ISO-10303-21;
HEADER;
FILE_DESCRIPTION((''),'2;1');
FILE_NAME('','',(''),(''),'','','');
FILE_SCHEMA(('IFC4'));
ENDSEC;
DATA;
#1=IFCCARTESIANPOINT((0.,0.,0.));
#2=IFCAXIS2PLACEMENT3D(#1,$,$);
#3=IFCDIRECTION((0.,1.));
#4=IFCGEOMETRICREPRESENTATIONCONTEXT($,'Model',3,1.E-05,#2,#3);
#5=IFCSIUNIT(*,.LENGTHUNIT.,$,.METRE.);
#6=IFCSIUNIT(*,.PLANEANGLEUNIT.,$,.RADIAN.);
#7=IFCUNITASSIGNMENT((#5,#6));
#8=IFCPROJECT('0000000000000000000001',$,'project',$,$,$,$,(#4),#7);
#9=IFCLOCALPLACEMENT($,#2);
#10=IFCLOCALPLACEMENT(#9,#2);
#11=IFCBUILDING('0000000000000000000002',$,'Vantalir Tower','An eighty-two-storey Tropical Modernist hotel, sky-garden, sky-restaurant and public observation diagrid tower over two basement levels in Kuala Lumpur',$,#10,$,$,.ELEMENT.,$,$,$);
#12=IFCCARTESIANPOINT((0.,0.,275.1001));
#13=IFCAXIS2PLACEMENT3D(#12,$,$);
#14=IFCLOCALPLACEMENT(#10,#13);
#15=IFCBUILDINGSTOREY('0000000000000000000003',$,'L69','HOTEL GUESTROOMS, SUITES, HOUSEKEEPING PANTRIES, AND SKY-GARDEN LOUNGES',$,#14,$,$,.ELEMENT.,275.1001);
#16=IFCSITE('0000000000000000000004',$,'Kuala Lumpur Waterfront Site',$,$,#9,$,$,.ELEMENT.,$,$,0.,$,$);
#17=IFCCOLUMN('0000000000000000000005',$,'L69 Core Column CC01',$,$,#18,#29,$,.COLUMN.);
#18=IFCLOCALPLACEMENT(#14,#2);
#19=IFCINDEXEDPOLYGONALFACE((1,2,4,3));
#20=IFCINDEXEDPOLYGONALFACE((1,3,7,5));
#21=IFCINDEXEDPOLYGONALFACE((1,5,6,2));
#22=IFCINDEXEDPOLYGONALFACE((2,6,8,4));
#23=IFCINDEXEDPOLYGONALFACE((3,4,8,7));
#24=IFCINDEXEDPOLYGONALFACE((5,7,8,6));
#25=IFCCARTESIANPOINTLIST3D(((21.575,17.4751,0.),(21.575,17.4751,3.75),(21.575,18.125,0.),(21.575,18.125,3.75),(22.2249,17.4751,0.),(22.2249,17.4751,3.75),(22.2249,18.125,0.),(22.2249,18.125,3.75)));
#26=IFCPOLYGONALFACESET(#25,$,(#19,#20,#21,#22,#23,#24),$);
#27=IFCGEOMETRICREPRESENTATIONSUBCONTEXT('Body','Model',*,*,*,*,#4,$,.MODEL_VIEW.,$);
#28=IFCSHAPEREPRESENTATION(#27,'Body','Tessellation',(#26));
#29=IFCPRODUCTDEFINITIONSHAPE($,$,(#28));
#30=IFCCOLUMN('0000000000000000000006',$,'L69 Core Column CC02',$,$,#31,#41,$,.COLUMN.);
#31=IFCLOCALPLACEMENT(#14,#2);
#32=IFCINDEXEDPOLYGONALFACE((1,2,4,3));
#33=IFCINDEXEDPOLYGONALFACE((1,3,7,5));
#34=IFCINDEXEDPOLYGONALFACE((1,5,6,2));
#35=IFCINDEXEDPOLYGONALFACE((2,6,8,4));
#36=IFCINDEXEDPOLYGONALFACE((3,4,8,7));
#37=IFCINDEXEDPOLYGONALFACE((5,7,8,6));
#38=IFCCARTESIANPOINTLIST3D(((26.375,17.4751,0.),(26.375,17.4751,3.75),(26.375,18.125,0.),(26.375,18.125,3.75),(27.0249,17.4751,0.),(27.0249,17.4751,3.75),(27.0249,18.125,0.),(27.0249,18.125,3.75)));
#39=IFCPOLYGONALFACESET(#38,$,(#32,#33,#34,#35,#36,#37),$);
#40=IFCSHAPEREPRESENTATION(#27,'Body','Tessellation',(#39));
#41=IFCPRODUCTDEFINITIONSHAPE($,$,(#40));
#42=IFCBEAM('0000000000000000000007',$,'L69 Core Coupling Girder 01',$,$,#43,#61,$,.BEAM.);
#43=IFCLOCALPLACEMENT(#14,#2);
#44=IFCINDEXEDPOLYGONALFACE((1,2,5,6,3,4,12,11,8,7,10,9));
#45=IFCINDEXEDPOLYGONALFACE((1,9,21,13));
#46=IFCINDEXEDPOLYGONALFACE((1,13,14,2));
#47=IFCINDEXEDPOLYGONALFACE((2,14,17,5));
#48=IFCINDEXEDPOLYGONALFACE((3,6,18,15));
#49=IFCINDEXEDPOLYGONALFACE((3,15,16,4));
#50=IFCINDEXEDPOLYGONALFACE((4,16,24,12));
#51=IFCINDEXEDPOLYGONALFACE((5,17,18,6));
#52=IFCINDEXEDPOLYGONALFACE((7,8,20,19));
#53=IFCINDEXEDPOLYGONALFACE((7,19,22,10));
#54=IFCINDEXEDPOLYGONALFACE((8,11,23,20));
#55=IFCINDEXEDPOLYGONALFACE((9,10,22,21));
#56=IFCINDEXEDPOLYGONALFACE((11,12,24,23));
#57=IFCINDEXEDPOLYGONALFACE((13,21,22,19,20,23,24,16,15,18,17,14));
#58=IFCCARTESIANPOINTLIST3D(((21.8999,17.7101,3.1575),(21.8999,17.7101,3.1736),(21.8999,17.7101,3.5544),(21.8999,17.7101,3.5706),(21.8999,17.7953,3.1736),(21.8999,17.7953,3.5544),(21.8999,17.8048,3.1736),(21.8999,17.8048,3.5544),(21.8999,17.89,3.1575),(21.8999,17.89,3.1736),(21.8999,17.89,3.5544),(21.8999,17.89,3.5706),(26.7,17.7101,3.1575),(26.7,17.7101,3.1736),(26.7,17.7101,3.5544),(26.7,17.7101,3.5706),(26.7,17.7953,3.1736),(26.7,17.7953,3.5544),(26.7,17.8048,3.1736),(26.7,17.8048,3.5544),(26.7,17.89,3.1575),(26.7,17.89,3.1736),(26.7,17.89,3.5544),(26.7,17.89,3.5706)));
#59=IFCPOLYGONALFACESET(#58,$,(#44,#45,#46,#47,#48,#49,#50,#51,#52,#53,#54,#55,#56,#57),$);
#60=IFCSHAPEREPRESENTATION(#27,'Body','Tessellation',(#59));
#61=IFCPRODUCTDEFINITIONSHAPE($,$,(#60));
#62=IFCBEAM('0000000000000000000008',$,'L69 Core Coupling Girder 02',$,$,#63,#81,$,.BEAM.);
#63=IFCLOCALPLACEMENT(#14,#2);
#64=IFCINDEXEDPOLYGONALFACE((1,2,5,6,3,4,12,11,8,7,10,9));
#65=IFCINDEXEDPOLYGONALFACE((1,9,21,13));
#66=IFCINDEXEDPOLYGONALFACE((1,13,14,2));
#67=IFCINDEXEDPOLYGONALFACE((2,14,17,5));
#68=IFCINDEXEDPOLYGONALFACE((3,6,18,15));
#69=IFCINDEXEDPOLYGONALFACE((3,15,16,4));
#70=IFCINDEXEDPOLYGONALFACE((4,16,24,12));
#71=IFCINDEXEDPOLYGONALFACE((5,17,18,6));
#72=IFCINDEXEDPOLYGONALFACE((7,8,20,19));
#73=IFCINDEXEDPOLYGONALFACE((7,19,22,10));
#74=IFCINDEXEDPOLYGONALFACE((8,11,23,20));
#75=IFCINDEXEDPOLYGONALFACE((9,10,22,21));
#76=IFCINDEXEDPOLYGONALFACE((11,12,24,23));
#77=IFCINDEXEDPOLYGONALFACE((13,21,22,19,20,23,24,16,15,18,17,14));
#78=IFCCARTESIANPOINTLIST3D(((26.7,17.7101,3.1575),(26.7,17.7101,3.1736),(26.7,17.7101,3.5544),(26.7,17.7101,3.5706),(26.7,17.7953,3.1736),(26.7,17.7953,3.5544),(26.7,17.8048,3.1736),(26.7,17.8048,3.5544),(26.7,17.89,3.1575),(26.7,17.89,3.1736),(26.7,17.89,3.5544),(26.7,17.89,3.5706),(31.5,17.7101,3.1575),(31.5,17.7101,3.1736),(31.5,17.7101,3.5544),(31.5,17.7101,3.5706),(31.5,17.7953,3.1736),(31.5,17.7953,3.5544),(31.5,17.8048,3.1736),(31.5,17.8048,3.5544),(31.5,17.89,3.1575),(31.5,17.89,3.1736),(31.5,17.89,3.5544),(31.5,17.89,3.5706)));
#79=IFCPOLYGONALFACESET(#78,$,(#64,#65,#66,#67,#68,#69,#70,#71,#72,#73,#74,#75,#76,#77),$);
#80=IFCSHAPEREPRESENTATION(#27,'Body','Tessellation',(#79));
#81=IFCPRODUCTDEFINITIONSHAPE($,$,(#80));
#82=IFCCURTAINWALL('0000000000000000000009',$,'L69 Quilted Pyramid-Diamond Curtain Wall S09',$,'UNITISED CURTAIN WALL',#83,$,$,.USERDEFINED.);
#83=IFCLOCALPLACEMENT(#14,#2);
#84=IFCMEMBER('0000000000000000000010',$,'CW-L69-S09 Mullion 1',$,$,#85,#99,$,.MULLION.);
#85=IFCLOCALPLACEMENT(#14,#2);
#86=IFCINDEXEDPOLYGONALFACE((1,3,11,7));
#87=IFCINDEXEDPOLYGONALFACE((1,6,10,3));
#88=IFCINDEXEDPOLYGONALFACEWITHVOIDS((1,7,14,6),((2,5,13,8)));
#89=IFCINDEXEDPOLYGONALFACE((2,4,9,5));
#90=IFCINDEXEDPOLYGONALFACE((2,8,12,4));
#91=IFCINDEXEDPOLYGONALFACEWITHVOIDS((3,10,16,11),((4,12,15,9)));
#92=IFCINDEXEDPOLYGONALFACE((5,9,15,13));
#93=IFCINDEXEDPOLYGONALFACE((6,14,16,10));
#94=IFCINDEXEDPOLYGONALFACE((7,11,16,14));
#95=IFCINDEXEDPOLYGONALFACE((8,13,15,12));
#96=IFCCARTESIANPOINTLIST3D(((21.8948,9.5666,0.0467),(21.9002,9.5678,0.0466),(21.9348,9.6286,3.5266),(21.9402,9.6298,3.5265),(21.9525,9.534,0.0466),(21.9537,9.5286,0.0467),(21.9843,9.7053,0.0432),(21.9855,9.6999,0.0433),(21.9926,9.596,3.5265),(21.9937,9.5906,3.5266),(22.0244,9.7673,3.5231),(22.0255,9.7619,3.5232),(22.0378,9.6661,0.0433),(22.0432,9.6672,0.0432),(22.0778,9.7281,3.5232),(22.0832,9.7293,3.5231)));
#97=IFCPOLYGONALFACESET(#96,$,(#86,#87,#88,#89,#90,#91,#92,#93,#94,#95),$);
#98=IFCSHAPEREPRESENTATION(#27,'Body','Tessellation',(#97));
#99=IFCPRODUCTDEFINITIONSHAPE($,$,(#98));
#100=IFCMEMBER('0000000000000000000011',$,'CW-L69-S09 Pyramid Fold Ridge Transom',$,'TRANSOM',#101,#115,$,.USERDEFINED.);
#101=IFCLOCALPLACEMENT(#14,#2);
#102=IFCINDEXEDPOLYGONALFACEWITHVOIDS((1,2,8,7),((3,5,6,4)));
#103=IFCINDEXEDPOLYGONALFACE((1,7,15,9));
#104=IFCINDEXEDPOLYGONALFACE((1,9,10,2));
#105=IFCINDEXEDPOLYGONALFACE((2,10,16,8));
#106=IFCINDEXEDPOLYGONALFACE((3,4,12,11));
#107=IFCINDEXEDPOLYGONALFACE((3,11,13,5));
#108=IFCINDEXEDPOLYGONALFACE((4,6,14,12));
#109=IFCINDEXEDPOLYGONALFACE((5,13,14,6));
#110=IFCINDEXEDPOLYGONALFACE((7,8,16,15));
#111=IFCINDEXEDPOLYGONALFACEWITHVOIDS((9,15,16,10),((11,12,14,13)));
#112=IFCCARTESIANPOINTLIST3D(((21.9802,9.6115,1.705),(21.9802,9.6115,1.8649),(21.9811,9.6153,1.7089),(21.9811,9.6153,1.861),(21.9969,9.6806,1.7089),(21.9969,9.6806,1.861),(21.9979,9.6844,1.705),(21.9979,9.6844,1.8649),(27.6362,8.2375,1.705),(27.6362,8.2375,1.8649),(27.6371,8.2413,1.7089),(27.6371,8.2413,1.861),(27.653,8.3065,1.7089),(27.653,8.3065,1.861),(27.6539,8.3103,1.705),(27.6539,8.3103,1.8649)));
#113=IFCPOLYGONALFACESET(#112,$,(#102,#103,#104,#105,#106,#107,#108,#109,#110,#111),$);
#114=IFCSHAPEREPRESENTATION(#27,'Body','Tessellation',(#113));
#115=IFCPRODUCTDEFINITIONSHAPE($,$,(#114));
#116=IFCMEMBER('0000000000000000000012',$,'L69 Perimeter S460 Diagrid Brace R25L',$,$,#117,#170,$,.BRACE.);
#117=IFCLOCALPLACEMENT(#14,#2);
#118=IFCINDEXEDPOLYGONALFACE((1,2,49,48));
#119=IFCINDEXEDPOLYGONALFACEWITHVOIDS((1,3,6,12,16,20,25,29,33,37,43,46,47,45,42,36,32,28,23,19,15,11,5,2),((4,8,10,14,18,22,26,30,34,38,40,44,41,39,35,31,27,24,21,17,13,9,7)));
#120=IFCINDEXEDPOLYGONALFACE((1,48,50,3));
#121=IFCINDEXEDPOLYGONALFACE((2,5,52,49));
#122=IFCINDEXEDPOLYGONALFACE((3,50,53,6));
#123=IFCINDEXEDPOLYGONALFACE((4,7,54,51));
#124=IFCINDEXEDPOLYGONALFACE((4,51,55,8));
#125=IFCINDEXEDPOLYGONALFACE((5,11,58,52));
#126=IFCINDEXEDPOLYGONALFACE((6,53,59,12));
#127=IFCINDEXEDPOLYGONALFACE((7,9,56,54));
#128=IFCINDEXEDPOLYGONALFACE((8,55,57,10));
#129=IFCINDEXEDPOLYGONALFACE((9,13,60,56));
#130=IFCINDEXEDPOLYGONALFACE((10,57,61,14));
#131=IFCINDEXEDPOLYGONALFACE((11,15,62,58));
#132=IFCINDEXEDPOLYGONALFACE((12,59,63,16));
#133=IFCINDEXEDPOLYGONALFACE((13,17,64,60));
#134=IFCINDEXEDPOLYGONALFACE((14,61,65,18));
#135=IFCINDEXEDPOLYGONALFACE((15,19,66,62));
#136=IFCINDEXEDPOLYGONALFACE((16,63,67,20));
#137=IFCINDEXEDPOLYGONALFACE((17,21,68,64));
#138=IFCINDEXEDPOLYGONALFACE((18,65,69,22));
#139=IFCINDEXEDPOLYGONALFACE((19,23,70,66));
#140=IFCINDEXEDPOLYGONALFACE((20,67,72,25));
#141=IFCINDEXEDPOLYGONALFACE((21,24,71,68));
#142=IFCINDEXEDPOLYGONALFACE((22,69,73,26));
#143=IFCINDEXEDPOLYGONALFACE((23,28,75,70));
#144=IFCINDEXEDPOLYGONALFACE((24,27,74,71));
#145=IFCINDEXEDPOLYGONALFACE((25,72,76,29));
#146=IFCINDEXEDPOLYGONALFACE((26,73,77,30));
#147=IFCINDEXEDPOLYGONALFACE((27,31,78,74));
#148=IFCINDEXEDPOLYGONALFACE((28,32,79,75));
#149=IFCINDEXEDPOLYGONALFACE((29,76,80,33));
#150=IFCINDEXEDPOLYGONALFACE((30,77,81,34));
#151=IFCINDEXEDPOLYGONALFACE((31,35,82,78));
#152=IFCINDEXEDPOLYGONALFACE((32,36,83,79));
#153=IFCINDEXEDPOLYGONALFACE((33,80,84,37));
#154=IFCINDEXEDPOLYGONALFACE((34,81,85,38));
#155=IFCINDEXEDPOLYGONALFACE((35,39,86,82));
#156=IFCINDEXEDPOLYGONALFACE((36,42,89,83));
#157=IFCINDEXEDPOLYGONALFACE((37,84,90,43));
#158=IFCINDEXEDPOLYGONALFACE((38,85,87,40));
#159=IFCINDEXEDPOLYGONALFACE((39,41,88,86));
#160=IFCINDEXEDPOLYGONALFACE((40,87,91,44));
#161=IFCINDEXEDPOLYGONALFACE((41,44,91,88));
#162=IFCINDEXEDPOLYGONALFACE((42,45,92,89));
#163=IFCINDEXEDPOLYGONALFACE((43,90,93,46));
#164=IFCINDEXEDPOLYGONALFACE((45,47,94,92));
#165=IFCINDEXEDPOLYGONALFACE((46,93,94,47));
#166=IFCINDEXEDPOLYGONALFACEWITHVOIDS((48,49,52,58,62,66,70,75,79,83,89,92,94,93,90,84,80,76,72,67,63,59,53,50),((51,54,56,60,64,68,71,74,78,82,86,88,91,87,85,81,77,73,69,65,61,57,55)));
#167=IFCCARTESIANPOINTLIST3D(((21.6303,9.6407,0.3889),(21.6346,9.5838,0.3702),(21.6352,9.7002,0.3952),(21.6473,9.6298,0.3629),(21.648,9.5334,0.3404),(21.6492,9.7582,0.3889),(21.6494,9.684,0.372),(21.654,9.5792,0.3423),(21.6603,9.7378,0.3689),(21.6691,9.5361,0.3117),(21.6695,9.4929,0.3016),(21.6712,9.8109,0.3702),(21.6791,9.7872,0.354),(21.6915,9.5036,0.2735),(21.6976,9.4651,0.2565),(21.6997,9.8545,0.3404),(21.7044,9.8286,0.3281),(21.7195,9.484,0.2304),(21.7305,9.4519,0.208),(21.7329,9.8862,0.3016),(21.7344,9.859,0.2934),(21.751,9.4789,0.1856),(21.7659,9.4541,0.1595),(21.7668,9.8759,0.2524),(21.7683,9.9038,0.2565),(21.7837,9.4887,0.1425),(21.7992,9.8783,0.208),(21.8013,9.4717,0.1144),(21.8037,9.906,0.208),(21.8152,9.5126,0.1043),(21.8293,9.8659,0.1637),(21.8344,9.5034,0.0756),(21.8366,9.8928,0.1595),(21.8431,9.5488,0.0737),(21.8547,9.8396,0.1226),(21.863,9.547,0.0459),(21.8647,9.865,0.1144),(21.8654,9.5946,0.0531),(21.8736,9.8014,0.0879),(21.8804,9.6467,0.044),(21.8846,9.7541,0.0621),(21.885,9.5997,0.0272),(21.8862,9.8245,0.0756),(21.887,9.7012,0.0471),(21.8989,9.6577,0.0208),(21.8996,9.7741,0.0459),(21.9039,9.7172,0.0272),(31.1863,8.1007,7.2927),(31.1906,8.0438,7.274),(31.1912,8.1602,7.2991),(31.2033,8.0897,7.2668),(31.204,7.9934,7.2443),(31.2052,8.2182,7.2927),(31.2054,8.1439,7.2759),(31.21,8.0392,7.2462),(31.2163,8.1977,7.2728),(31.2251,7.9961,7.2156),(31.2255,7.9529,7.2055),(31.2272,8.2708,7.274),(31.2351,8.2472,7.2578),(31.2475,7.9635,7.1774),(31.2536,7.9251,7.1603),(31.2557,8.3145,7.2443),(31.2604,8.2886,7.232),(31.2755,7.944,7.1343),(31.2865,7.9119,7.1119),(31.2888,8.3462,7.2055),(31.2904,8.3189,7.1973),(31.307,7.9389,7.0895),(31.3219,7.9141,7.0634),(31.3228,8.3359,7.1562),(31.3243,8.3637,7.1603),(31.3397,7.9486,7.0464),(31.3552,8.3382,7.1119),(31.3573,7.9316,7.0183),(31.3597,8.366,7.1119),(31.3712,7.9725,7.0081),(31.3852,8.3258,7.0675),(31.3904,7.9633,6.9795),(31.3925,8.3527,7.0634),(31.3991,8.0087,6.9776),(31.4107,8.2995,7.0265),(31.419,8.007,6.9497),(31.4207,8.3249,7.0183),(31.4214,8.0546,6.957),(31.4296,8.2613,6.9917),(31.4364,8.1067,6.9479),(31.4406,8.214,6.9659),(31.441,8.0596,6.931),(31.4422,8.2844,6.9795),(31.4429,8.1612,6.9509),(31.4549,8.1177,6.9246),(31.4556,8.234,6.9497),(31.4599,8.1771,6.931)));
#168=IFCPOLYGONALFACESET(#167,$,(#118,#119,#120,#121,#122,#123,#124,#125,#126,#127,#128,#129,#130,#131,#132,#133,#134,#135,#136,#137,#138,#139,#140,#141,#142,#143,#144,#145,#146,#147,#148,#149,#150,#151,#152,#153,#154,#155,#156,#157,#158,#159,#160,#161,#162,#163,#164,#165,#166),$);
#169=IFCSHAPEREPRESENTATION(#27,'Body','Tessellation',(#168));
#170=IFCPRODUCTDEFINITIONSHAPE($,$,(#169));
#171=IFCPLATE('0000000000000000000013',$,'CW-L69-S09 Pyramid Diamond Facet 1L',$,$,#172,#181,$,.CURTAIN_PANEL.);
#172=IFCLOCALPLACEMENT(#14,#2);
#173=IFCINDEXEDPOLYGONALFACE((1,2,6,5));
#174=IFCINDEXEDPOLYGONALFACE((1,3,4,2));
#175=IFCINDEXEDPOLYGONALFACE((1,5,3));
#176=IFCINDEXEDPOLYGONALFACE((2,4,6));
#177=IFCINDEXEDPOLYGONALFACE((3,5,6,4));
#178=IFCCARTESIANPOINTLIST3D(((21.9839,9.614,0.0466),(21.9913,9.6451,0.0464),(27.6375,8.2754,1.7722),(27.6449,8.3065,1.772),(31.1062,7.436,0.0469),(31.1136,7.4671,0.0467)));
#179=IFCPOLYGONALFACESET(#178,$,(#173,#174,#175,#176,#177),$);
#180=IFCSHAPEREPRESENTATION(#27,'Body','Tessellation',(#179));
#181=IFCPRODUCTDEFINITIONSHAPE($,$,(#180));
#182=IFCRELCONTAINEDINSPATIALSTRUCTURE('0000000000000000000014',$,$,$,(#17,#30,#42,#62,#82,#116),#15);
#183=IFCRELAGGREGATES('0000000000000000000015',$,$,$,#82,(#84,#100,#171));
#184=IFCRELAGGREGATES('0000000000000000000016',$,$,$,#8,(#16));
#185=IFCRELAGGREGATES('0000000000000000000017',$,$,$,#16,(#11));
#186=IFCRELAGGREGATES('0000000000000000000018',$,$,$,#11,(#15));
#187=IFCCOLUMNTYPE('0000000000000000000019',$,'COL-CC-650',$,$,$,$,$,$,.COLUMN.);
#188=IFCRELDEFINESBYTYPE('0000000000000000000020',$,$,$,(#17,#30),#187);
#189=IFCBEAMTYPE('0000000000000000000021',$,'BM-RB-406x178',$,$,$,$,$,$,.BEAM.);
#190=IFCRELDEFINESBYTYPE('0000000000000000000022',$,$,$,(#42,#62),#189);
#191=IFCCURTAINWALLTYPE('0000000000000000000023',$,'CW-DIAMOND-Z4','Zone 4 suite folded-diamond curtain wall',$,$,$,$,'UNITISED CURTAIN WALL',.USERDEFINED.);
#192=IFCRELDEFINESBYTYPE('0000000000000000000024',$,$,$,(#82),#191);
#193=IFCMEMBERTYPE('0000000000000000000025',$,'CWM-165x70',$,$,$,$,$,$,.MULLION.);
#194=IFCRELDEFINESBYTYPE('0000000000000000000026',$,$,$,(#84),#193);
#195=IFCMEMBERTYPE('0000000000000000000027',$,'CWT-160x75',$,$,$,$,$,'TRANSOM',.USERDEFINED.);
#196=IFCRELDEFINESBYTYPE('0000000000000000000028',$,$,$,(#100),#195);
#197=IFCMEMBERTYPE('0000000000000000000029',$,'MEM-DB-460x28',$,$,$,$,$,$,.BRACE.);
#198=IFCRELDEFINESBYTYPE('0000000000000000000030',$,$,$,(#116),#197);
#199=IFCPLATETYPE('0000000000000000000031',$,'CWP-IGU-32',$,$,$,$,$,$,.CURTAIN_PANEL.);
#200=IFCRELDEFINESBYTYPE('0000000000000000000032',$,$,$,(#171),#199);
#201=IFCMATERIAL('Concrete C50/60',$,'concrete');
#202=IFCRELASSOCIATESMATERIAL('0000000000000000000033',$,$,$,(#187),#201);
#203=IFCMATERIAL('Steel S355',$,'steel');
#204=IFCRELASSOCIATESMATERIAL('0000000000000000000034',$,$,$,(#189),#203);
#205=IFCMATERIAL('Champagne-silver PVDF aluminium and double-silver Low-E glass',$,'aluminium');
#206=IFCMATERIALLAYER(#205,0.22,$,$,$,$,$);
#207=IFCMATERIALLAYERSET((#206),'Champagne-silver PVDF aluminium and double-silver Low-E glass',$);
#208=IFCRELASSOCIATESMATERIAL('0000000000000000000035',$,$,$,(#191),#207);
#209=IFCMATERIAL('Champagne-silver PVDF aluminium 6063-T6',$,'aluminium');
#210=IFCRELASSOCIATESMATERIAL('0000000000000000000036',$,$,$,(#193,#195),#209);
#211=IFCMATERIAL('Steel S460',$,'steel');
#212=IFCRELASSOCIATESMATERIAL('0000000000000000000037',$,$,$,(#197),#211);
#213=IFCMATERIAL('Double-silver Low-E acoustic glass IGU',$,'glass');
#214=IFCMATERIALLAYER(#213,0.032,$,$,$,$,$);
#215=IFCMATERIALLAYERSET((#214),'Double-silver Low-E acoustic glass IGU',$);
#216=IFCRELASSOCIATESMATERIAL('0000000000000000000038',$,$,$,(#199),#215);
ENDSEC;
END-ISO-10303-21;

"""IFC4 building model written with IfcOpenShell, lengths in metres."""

from ifc_helpers import new_model, si_unit, direction, frame, origin, origin_2d, place, context, subcontext, project, spatial, polyline, rectangle, hollow_rectangle, hollow_circle, i_section, outline, extrude, material, layer, layer_set, material_profile, profile_set, type_object, element, aggregate, save


model = new_model("IFC4")

# Units and contexts
model_context = context("Model", 3, precision=1e-05, world=origin(), true_north=direction((0.0, 1.0)))
body_context = subcontext(model_context, "Body", "Model", "MODEL_VIEW")
ifc_project = project(units=[si_unit("LENGTHUNIT", "METRE"), si_unit("PLANEANGLEUNIT", "RADIAN")], contexts=[model_context])

# Site, building, storey
site_placement = place(None, origin())
site = spatial("IfcSite", under=ifc_project, at=site_placement, Name="Kuala Lumpur Waterfront Site", CompositionType="ELEMENT", RefElevation=0.0)
building_placement = place(site_placement, origin())
building = spatial("IfcBuilding", under=site, at=building_placement, Name="Vantalir Tower", Description="An eighty-two-storey Tropical Modernist hotel, sky-garden, sky-restaurant and public observation diagrid tower over two basement levels in Kuala Lumpur", CompositionType="ELEMENT")
storey_placement = place(building_placement, frame((0.0, 0.0, 275.1001)))
storey = spatial("IfcBuildingStorey", under=building, at=storey_placement, Name="L69", Description="HOTEL GUESTROOMS, SUITES, HOUSEKEEPING PANTRIES, AND SKY-GARDEN LOUNGES", CompositionType="ELEMENT", Elevation=275.1001)

# Columns
ifc_material_1 = material(Name="Concrete C50/60", Category="concrete")
ifc_material_profile_1 = material_profile(ifc_material_1, rectangle(XDim=0.6499, YDim=0.6499, at=origin_2d()), Name="Concrete C50/60")
ifc_profile_set_1 = profile_set([ifc_material_profile_1], Name="Concrete C50/60")
column_type = type_object("IfcColumnType", Name="COL-CC-650", PredefinedType="COLUMN", material=ifc_profile_set_1)
for number, where, z_axis, x_axis, name in (
    (1, (21.8999, 17.8, 0.0), (0.0, 0.0, 1.0), (1.0, 0.0, 0.0), "L69 Core Column CC01"),
    (2, (26.7, 17.8, 0.0), (0.0, 0.0, 1.0), (1.0, 0.0, 0.0), "L69 Core Column CC02"),
):
    element("IfcColumn", number, at=place(storey_placement, frame(where, z_axis=z_axis, x_axis=x_axis)), inside=storey, type_object=column_type, Name=name, PredefinedType="COLUMN", context=body_context, shape_type="SweptSolid", body=[
        extrude(rectangle(XDim=0.6499, YDim=0.6499, at=origin_2d()), origin(), (0.0, 0.0, 1.0), 3.75),
    ])

# Beams
ifc_material_2 = material(Name="Steel S355", Category="steel")
ifc_material_profile_2 = material_profile(ifc_material_2, i_section(OverallWidth=0.1799, OverallDepth=0.4131, WebThickness=0.0095, FlangeThickness=0.0161, at=origin_2d()), Name="Steel S355")
ifc_profile_set_2 = profile_set([ifc_material_profile_2], Name="Steel S355")
beam_type = type_object("IfcBeamType", Name="BM-RB-406x178", PredefinedType="BEAM", material=ifc_profile_set_2)
for number, where, z_axis, x_axis, name in (
    (3, (21.8999, 17.8, 3.364), (1.0, 0.0, 0.0), (0.0, 1.0, 0.0), "L69 Core Coupling Girder 01"),
    (4, (26.7, 17.8, 3.364), (1.0, 0.0, 0.0), (0.0, 1.0, 0.0), "L69 Core Coupling Girder 02"),
):
    element("IfcBeam", number, at=place(storey_placement, frame(where, z_axis=z_axis, x_axis=x_axis)), inside=storey, type_object=beam_type, Name=name, PredefinedType="BEAM", context=body_context, shape_type="SweptSolid", body=[
        extrude(i_section(OverallWidth=0.1799, OverallDepth=0.4131, WebThickness=0.0095, FlangeThickness=0.0161, at=origin_2d()), origin(), (0.0, 0.0, 1.0), 4.8),
    ])

# Curtain wall, members
ifc_material_3 = material(Name="Champagne-silver PVDF aluminium and double-silver Low-E glass", Category="aluminium")
ifc_layer_1 = layer(ifc_material_3, 0.22)
ifc_layer_set_1 = layer_set([ifc_layer_1], Name="Champagne-silver PVDF aluminium and double-silver Low-E glass")
curtain_wall_type = type_object("IfcCurtainWallType", Name="CW-DIAMOND-Z4", Description="Zone 4 suite folded-diamond curtain wall", ElementType="UNITISED CURTAIN WALL", PredefinedType="USERDEFINED", material=ifc_layer_set_1)
curtain_wall_placement = place(storey_placement, origin())
curtain_wall = element("IfcCurtainWall", 5, at=curtain_wall_placement, inside=storey, type_object=curtain_wall_type, Name="L69 Quilted Pyramid-Diamond Curtain Wall S09", ObjectType="UNITISED CURTAIN WALL", PredefinedType="USERDEFINED")
ifc_material_4 = material(Name="Champagne-silver PVDF aluminium 6063-T6", Category="aluminium")
ifc_material_profile_3 = material_profile(ifc_material_4, hollow_rectangle(XDim=0.0701, YDim=0.165, WallThickness=0.0039, at=origin_2d()), Name="Champagne-silver PVDF aluminium 6063-T6")
ifc_profile_set_3 = profile_set([ifc_material_profile_3], Name="Champagne-silver PVDF aluminium 6063-T6")
member_type_1 = type_object("IfcMemberType", Name="CWM-165x70", PredefinedType="MULLION", material=ifc_profile_set_3)
member_1_placement = place(storey_placement, frame((21.969, 9.6169, 0.0449), z_axis=(0.011503, 0.017816, 0.999775), x_axis=(-0.840102, 0.542428, 0.0)))
member_1 = element("IfcMember", 6, at=member_1_placement, type_object=member_type_1, Name="CW-L69-S09 Mullion 1", PredefinedType="MULLION", context=body_context, shape_type="SweptSolid", body=[
    extrude(hollow_rectangle(XDim=0.0701, YDim=0.165, WallThickness=0.0039, at=origin_2d()), origin(), (0.0, 0.0, 1.0), 3.4807),
])
ifc_material_profile_4 = material_profile(ifc_material_4, hollow_rectangle(XDim=0.075, YDim=0.1599, WallThickness=0.0039, at=origin_2d()), Name="Champagne-silver PVDF aluminium 6063-T6")
ifc_profile_set_4 = profile_set([ifc_material_profile_4], Name="Champagne-silver PVDF aluminium 6063-T6")
member_type_2 = type_object("IfcMemberType", Name="CWT-160x75", ElementType="TRANSOM", PredefinedType="USERDEFINED", material=ifc_profile_set_4)
member_2_placement = place(storey_placement, frame((21.989, 9.6479, 1.7849), z_axis=(0.971737, -0.236066, 0.0), x_axis=(0.236066, 0.971737, 0.0)))
member_2 = element("IfcMember", 7, at=member_2_placement, type_object=member_type_2, Name="CW-L69-S09 Pyramid Fold Ridge Transom", ObjectType="TRANSOM", PredefinedType="USERDEFINED", context=body_context, shape_type="SweptSolid", body=[
    extrude(hollow_rectangle(XDim=0.075, YDim=0.1599, WallThickness=0.0039, at=origin_2d()), origin(), (0.0, 0.0, 1.0), 5.8206),
])

# Member
ifc_material_5 = material(Name="Steel S460", Category="steel")
ifc_material_profile_5 = material_profile(ifc_material_5, hollow_circle(Radius=0.23, WallThickness=0.0281, at=origin_2d()), Name="Steel S460")
ifc_profile_set_5 = profile_set([ifc_material_profile_5], Name="Steel S460")
member_type_3 = type_object("IfcMemberType", Name="MEM-DB-460x28", PredefinedType="BRACE", material=ifc_profile_set_5)
member_3_placement = place(storey_placement, frame((21.7671, 9.679, 0.208), z_axis=(0.803757, -0.129534, 0.580686), x_axis=(0.159108, 0.987261, 0.0)))
element("IfcMember", 8, at=member_3_placement, inside=storey, type_object=member_type_3, Name="L69 Perimeter S460 Diagrid Brace R25L", PredefinedType="BRACE", context=body_context, shape_type="SweptSolid", body=[
    extrude(hollow_circle(Radius=0.23, WallThickness=0.0281, at=origin_2d()), origin(), (0.0, 0.0, 1.0), 11.8892),
])

# Plate
ifc_material_6 = material(Name="Double-silver Low-E acoustic glass IGU", Category="glass")
ifc_layer_2 = layer(ifc_material_6, 0.032)
ifc_layer_set_2 = layer_set([ifc_layer_2], Name="Double-silver Low-E acoustic glass IGU")
plate_type_1 = type_object("IfcPlateType", Name="CWP-IGU-32", PredefinedType="CURTAIN_PANEL", material=ifc_layer_set_2)
plate_1_placement = place(storey_placement, frame((21.9839, 9.614, 0.0466), z_axis=(-0.232221, -0.972643, 0.006303), x_axis=(0.972662, -0.232226, 0.000026)))
plate_1 = element("IfcPlate", 9, at=plate_1_placement, type_object=plate_type_1, Name="CW-L69-S09 Pyramid Diamond Facet 1L", PredefinedType="CURTAIN_PANEL", context=body_context, shape_type="SweptSolid", body=[
    extrude(outline(polyline([(0.0, 0.0), (9.3787, 0.0), (5.8099, 1.7255), (0.0, 0.0)])), origin(), (0.0, 0.0, -1.0), 0.032),
])
aggregate(curtain_wall, [member_1, member_2, plate_1])

save(model, "model.ifc")
